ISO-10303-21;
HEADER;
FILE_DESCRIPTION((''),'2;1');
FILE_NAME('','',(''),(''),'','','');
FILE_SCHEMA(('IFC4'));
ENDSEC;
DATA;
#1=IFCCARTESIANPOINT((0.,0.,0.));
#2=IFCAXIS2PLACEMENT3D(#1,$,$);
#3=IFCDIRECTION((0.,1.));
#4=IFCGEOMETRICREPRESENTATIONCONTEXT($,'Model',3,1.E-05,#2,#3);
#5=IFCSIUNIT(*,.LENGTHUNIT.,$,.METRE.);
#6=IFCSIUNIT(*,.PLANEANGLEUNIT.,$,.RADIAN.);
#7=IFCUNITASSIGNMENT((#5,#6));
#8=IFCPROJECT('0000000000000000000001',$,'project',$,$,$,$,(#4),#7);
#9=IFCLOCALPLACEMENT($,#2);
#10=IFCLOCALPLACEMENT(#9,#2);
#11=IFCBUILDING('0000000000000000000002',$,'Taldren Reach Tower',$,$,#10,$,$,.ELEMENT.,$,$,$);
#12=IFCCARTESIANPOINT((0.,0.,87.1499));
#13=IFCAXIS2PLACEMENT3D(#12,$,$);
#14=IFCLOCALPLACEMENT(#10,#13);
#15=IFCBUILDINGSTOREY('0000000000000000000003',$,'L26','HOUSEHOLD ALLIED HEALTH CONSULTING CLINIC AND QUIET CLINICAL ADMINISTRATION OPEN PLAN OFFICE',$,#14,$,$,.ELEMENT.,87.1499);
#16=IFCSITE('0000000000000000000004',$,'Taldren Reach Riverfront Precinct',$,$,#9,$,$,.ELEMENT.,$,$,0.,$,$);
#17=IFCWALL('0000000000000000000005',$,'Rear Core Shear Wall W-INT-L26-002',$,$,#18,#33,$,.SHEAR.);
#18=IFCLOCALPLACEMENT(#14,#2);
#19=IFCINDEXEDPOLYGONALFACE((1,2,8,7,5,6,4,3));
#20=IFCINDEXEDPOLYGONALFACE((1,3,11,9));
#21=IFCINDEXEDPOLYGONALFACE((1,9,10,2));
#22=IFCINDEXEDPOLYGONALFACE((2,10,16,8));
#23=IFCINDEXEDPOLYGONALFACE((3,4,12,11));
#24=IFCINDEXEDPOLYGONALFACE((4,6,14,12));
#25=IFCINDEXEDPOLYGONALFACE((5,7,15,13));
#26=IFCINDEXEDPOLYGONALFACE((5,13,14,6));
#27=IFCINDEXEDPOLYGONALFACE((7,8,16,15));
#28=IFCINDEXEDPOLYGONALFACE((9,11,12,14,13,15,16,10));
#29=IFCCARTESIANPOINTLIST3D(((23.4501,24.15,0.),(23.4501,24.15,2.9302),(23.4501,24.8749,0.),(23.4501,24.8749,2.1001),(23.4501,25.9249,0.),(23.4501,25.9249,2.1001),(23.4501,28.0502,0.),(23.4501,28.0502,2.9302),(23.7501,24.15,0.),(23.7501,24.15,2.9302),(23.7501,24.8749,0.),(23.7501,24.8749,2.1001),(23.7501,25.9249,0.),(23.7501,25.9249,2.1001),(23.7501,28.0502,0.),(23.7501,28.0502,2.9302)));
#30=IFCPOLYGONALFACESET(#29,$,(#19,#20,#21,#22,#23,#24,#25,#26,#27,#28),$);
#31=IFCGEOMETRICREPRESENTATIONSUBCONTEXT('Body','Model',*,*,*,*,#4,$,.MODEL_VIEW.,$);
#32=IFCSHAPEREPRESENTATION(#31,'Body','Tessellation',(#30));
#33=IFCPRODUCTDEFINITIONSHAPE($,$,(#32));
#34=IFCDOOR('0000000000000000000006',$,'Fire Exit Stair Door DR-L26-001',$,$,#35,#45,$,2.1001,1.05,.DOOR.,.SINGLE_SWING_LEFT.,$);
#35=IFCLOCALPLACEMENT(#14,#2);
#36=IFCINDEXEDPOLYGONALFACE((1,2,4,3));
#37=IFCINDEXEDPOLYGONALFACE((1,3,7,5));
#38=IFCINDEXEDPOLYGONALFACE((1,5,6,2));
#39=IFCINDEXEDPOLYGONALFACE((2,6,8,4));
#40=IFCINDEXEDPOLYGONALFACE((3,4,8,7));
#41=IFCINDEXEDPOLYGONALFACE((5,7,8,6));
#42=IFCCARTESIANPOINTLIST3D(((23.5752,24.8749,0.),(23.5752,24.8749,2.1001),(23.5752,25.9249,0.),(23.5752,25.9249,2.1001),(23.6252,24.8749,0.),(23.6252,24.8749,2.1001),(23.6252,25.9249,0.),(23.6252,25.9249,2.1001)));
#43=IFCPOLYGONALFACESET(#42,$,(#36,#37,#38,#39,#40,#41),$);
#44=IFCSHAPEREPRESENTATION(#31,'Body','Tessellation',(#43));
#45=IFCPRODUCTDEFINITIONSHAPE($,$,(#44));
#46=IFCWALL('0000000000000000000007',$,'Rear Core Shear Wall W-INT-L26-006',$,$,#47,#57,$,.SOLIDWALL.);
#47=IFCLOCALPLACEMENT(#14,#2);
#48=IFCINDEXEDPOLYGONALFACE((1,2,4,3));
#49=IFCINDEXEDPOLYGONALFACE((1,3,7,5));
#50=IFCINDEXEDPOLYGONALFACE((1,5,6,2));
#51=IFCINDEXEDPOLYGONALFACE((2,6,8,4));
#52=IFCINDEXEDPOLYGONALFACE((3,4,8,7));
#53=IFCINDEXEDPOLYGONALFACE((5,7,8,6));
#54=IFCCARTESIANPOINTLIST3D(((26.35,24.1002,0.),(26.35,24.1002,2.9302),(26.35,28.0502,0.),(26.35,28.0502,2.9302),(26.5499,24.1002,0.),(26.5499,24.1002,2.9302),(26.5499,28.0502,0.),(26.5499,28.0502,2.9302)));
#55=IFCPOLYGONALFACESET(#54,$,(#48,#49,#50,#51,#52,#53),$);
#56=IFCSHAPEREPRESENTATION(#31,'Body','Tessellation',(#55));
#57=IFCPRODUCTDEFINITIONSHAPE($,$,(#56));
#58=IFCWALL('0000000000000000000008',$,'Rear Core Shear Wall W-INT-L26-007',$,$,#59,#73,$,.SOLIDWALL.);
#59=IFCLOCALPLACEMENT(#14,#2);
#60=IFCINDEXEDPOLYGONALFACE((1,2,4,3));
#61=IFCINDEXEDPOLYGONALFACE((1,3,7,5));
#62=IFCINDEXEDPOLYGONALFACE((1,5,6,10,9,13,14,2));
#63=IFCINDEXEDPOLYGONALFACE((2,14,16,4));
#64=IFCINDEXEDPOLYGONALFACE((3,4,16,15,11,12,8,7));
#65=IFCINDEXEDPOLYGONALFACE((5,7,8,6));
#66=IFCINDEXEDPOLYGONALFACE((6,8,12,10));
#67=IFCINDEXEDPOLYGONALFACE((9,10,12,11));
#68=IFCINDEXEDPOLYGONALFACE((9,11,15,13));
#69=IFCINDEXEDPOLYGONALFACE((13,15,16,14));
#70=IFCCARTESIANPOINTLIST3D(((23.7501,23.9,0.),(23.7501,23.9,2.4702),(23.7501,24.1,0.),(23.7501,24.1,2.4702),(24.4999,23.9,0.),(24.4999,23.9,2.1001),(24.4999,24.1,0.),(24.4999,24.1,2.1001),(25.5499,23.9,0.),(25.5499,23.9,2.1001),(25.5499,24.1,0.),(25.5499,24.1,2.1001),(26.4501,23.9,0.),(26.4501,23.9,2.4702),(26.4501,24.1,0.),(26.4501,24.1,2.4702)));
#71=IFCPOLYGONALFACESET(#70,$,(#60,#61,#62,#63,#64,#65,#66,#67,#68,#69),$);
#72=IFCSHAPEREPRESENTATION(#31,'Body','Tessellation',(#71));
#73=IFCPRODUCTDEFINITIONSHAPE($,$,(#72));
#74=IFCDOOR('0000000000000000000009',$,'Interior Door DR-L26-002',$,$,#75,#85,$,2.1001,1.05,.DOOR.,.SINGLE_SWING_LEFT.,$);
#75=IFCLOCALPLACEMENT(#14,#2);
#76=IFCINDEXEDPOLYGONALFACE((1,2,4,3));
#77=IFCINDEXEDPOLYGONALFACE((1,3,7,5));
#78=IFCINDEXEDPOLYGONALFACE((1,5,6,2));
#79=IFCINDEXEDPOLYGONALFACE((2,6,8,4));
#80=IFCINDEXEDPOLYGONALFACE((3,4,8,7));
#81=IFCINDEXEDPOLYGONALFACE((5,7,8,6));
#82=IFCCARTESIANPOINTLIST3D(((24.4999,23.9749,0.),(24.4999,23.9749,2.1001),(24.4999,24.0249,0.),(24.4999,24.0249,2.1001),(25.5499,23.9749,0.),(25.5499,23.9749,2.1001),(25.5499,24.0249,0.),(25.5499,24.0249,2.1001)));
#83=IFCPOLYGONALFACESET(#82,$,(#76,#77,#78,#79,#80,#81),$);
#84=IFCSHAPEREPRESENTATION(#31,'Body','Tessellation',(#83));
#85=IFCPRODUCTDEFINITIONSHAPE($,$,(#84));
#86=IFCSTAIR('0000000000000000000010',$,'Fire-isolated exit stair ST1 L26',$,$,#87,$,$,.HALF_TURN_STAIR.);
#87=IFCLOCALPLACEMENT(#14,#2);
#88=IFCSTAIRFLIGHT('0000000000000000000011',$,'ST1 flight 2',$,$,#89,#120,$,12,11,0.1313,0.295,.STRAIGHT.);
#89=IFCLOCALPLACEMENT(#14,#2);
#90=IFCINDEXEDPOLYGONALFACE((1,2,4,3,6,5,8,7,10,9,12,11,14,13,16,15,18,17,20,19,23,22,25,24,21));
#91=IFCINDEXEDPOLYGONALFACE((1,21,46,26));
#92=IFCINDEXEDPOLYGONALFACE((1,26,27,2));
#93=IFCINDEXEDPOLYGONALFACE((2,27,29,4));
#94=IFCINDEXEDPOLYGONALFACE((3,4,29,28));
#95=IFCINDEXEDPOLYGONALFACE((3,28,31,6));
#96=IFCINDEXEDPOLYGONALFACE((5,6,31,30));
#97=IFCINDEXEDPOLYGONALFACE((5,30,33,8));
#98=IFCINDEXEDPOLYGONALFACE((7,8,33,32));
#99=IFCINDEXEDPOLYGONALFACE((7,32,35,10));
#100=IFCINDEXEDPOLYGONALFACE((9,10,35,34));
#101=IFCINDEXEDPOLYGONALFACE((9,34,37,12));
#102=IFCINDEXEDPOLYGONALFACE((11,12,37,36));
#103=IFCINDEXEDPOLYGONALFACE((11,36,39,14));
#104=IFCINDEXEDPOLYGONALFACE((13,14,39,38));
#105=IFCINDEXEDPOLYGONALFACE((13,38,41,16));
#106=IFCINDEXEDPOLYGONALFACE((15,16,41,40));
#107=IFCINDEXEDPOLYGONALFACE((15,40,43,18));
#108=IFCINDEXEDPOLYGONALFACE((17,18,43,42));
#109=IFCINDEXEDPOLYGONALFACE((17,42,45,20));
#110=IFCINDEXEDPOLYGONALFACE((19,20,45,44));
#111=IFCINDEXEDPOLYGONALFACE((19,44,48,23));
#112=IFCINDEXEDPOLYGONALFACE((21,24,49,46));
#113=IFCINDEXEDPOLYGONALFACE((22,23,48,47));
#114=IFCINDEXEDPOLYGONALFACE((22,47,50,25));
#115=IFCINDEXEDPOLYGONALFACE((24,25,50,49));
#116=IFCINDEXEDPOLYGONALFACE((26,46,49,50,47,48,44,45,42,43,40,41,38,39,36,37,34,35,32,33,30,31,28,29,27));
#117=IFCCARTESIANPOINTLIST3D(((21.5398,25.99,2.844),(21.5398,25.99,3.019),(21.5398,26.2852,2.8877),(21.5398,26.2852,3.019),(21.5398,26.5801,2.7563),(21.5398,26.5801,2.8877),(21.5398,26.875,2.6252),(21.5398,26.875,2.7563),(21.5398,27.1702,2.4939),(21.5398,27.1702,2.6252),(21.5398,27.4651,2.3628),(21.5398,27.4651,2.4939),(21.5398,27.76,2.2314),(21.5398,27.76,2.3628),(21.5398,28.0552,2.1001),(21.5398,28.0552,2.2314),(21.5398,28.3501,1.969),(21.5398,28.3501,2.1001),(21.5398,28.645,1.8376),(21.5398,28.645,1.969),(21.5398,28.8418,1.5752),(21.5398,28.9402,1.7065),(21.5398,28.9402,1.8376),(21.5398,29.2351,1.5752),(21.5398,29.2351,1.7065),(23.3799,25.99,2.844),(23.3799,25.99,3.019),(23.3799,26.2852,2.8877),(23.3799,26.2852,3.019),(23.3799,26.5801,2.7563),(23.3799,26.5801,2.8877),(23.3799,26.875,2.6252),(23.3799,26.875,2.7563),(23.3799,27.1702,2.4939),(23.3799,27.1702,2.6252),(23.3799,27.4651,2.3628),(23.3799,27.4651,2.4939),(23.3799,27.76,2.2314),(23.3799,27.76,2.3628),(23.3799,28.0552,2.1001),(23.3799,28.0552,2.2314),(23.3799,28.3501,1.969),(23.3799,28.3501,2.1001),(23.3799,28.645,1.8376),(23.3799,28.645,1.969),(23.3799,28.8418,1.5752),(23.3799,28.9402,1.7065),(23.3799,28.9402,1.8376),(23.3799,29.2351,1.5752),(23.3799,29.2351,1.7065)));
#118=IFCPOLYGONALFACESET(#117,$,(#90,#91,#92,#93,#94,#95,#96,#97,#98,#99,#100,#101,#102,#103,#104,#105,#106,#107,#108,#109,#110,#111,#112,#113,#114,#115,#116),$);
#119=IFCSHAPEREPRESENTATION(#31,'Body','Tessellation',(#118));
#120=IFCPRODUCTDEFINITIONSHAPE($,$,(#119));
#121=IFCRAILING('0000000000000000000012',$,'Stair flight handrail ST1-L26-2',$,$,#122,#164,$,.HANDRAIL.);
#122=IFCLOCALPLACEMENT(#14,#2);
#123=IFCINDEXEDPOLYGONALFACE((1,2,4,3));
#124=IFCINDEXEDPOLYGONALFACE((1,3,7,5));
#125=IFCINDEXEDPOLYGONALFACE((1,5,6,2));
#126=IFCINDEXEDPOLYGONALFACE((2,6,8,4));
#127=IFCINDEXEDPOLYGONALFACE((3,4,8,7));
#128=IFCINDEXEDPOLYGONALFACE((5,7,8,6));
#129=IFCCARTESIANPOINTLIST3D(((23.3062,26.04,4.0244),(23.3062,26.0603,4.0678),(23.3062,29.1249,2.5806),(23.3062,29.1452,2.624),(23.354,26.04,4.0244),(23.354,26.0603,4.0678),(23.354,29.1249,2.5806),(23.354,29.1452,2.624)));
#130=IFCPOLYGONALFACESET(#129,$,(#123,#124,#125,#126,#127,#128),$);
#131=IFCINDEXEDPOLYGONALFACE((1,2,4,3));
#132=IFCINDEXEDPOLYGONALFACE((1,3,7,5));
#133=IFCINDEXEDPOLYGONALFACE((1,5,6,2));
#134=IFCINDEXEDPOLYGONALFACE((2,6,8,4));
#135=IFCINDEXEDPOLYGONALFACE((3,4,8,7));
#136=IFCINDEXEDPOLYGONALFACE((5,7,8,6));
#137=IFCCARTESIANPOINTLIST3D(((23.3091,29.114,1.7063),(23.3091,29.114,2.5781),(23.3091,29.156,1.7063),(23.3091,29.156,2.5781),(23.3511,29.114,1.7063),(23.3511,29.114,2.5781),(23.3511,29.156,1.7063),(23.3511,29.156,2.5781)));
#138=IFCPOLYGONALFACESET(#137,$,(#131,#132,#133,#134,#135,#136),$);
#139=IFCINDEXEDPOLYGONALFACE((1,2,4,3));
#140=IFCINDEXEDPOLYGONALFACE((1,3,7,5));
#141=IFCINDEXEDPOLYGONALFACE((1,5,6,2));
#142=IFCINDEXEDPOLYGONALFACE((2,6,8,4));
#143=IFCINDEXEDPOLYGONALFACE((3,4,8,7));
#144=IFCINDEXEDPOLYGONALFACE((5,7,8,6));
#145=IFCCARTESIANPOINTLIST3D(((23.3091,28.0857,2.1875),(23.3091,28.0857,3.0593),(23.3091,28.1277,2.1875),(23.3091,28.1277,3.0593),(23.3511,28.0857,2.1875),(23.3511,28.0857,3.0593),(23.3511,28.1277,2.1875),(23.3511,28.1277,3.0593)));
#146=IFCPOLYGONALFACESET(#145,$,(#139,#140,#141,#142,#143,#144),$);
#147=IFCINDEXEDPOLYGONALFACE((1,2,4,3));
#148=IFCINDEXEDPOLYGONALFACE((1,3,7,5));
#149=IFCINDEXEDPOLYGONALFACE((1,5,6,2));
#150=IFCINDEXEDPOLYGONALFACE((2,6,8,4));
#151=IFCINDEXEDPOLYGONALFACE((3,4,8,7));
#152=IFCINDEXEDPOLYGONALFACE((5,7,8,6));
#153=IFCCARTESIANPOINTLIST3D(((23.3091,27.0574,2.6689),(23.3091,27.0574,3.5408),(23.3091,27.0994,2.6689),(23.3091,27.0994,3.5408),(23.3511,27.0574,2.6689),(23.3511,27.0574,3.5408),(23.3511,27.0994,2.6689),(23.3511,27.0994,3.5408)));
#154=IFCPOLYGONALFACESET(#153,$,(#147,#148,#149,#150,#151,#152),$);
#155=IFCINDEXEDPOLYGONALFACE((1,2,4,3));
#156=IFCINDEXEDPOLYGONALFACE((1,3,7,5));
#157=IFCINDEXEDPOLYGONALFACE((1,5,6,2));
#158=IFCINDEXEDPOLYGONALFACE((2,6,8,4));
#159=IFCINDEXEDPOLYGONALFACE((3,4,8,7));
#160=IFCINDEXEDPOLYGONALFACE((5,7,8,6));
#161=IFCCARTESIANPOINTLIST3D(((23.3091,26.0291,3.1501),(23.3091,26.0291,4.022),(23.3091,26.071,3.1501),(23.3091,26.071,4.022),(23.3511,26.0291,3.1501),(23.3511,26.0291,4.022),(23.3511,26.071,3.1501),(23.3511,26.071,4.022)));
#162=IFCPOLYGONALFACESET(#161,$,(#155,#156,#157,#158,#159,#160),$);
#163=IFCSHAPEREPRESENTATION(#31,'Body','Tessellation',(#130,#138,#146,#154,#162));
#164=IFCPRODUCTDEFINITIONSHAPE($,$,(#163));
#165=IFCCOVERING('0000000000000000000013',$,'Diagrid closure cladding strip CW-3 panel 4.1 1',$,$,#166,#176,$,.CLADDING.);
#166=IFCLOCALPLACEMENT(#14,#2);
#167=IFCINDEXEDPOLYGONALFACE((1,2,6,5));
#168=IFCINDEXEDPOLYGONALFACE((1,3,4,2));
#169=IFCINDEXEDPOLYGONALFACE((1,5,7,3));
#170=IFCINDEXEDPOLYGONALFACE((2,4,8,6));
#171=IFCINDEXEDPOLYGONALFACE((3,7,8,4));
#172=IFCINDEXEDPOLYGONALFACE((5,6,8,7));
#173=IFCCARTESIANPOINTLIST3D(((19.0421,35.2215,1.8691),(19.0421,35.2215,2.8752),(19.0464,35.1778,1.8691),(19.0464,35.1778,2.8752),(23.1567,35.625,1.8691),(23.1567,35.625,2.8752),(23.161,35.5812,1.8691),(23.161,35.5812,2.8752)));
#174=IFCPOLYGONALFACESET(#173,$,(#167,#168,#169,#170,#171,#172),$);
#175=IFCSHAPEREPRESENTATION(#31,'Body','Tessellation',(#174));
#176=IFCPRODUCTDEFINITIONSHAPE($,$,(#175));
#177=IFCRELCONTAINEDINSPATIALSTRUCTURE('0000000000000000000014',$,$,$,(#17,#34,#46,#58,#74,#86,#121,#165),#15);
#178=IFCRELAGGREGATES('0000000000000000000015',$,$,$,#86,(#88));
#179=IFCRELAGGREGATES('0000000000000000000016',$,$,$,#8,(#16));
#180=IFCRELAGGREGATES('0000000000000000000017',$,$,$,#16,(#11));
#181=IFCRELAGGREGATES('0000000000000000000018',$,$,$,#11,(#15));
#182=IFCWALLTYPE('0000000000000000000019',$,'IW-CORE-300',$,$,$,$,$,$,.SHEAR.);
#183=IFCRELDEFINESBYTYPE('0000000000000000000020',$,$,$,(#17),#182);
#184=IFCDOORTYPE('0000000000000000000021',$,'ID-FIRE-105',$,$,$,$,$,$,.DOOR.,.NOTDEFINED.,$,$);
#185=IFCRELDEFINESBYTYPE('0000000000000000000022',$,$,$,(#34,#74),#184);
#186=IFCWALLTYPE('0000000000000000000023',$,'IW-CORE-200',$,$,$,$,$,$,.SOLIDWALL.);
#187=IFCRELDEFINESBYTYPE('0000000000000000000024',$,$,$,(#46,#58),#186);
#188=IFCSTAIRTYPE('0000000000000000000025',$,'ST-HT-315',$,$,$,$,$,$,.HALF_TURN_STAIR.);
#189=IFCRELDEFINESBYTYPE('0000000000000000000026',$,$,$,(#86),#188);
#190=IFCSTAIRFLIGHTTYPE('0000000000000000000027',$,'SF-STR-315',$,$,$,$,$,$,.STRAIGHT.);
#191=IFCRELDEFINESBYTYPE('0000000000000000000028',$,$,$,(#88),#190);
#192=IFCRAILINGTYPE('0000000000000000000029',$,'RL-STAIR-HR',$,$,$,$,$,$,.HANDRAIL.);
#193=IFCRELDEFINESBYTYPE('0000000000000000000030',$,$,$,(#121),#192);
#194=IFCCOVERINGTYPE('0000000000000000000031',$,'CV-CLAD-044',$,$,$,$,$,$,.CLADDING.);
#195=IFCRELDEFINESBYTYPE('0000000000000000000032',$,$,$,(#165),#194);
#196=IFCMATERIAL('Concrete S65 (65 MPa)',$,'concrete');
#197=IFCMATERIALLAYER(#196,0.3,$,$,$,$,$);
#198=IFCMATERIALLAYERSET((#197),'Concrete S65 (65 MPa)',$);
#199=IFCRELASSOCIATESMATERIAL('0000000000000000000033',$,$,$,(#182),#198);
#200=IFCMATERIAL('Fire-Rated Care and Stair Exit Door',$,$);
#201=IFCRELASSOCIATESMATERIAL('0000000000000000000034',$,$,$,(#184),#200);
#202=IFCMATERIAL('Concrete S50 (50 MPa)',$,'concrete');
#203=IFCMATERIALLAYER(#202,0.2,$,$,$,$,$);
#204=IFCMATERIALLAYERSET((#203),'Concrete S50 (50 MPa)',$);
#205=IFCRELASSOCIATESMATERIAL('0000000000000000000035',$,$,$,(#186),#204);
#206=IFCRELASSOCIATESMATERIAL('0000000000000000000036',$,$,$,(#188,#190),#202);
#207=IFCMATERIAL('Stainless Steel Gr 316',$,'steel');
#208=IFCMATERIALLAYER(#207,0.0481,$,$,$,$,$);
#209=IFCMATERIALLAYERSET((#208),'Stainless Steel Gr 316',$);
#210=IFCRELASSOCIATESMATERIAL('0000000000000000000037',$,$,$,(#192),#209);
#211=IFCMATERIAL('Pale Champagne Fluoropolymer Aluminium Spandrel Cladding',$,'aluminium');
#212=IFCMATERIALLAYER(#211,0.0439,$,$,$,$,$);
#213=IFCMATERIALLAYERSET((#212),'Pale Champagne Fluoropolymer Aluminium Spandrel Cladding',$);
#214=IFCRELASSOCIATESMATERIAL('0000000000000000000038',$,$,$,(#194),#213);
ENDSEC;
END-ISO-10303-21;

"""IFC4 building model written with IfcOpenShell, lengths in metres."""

from ifc_helpers import new_model, si_unit, direction, frame, frame_2d, origin, origin_2d, place, context, subcontext, project, spatial, polyline, rectangle, outline, extrude, source, transform, mapped, material, layer, layer_set, type_object, element, fill, aggregate, save


model = new_model("IFC4")

# Units and contexts
model_context = context("Model", 3, precision=1e-05, world=origin(), true_north=direction((0.0, 1.0)))
body_context = subcontext(model_context, "Body", "Model", "MODEL_VIEW")
ifc_project = project(units=[si_unit("LENGTHUNIT", "METRE"), si_unit("PLANEANGLEUNIT", "RADIAN")], contexts=[model_context])

# Site, building, storey
site_placement = place(None, origin())
site = spatial("IfcSite", under=ifc_project, at=site_placement, Name="Taldren Reach Riverfront Precinct", CompositionType="ELEMENT", RefElevation=0.0)
building_placement = place(site_placement, origin())
building = spatial("IfcBuilding", under=site, at=building_placement, Name="Taldren Reach Tower", CompositionType="ELEMENT")
storey_placement = place(building_placement, frame((0.0, 0.0, 87.1499)))
storey = spatial("IfcBuildingStorey", under=building, at=storey_placement, Name="L26", Description="HOUSEHOLD ALLIED HEALTH CONSULTING CLINIC AND QUIET CLINICAL ADMINISTRATION OPEN PLAN OFFICE", CompositionType="ELEMENT", Elevation=87.1499)

# Shared definitions
ifc_material_1 = material(Name="Concrete S65 (65 MPa)", Category="concrete")

# Shared definitions
ifc_layer_1 = layer(ifc_material_1, 0.3)
ifc_layer_set_1 = layer_set([ifc_layer_1], Name="Concrete S65 (65 MPa)")
wall_type_1 = type_object("IfcWallType", Name="IW-CORE-300", PredefinedType="SHEAR", material=ifc_layer_set_1)

# Wall, opening, door
shared_shape_1 = source(origin(), body_context, "Body", "SweptSolid", [
    extrude(rectangle(XDim=3.9001, YDim=0.3, at=frame_2d((1.9502, 0.0))), origin(), (0.0, 0.0, 1.0), 2.9302),
])
wall_1_placement = place(storey_placement, frame((23.6001, 24.1499, 0.0), z_axis=(0.0, 0.0, 1.0), x_axis=(0.0, 1.0, 0.0)))
wall_1 = element("IfcWall", 1, at=wall_1_placement, inside=storey, type_object=wall_type_1, Name="Rear Core Shear Wall W-INT-L26-002", PredefinedType="SHEAR", context=body_context, shape_type="MappedRepresentation", body=[
    mapped(shared_shape_1, transform((0.0, 0.0, 0.0), scale=1.0)),
])
shared_shape_2 = source(origin(), body_context, "Body", "SweptSolid", [
    extrude(rectangle(XDim=1.05, YDim=2.1001, at=frame_2d((0.5249, 1.05))), frame((0.0, 0.1602, 0.0), z_axis=(0.0, -1.0, 0.0), x_axis=(1.0, 0.0, 0.0)), (0.0, 0.0, 1.0), 0.3201),
])
opening_1_placement = place(wall_1_placement, frame((0.7251, 0.0, 0.0)))
opening_1 = element("IfcOpeningElement", 2, at=opening_1_placement, cuts=wall_1, PredefinedType="OPENING", context=body_context, shape_type="MappedRepresentation", body=[
    mapped(shared_shape_2, transform((0.0, 0.0, 0.0), scale=1.0)),
])
ifc_material_2 = material(Name="Fire-Rated Care and Stair Exit Door")
door_type_1 = type_object("IfcDoorType", Name="ID-FIRE-105", OperationType="NOTDEFINED", PredefinedType="DOOR", material=ifc_material_2)
shared_shape_3 = source(origin(), body_context, "Body", "SweptSolid", [
    extrude(rectangle(XDim=1.05, YDim=2.1001, at=frame_2d((0.5249, 1.05))), frame((0.0, 0.0249, 0.0), z_axis=(0.0, -1.0, 0.0), x_axis=(1.0, 0.0, 0.0)), (0.0, 0.0, 1.0), 0.05),
])
door_1_placement = place(opening_1_placement, origin())
door_1 = element("IfcDoor", 3, at=door_1_placement, inside=storey, type_object=door_type_1, Name="Fire Exit Stair Door DR-L26-001", OperationType="SINGLE_SWING_LEFT", OverallHeight=2.1001, OverallWidth=1.05, PredefinedType="DOOR", context=body_context, shape_type="MappedRepresentation", body=[
    mapped(shared_shape_3, transform((0.0, 0.0, 0.0), scale=1.0)),
])
fill(opening_1, door_1)

# Wall
ifc_material_3 = material(Name="Concrete S50 (50 MPa)", Category="concrete")
ifc_layer_2 = layer(ifc_material_3, 0.2)
ifc_layer_set_2 = layer_set([ifc_layer_2], Name="Concrete S50 (50 MPa)")
wall_type_2 = type_object("IfcWallType", Name="IW-CORE-200", PredefinedType="SOLIDWALL", material=ifc_layer_set_2)
shared_shape_4 = source(origin(), body_context, "Body", "SweptSolid", [
    extrude(rectangle(XDim=3.95, YDim=0.2, at=frame_2d((1.9751, 0.0))), origin(), (0.0, 0.0, 1.0), 2.9302),
])
wall_2_placement = place(storey_placement, frame((26.45, 24.1001, 0.0), z_axis=(0.0, 0.0, 1.0), x_axis=(0.0, 1.0, 0.0)))
element("IfcWall", 4, at=wall_2_placement, inside=storey, type_object=wall_type_2, Name="Rear Core Shear Wall W-INT-L26-006", PredefinedType="SOLIDWALL", context=body_context, shape_type="MappedRepresentation", body=[
    mapped(shared_shape_4, transform((0.0, 0.0, 0.0), scale=1.0)),
])

# Wall, opening, door
shared_shape_5 = source(origin(), body_context, "Body", "SweptSolid", [
    extrude(rectangle(XDim=2.7, YDim=0.2, at=frame_2d((1.3501, 0.0))), origin(), (0.0, 0.0, 1.0), 2.4702),
])
wall_3_placement = place(storey_placement, frame((23.75, 24.0, 0.0), z_axis=(0.0, 0.0, 1.0), x_axis=(1.0, 0.0, 0.0)))
wall_3 = element("IfcWall", 5, at=wall_3_placement, inside=storey, type_object=wall_type_2, Name="Rear Core Shear Wall W-INT-L26-007", PredefinedType="SOLIDWALL", context=body_context, shape_type="MappedRepresentation", body=[
    mapped(shared_shape_5, transform((0.0, 0.0, 0.0), scale=1.0)),
])
shared_shape_6 = source(origin(), body_context, "Body", "SweptSolid", [
    extrude(rectangle(XDim=1.05, YDim=2.1001, at=frame_2d((0.5249, 1.05))), frame((0.0, 0.1099, 0.0), z_axis=(0.0, -1.0, 0.0), x_axis=(1.0, 0.0, 0.0)), (0.0, 0.0, 1.0), 0.22),
])
opening_2_placement = place(wall_3_placement, frame((0.75, 0.0, 0.0)))
opening_2 = element("IfcOpeningElement", 6, at=opening_2_placement, cuts=wall_3, PredefinedType="OPENING", context=body_context, shape_type="MappedRepresentation", body=[
    mapped(shared_shape_6, transform((0.0, 0.0, 0.0), scale=1.0)),
])
door_2_placement = place(opening_2_placement, origin())
door_2 = element("IfcDoor", 7, at=door_2_placement, inside=storey, type_object=door_type_1, Name="Interior Door DR-L26-002", OperationType="SINGLE_SWING_LEFT", OverallHeight=2.1001, OverallWidth=1.05, PredefinedType="DOOR", context=body_context, shape_type="MappedRepresentation", body=[
    mapped(shared_shape_3, transform((0.0, 0.0, 0.0), scale=1.0)),
])
fill(opening_2, door_2)

# Stair, stair flight
stair_type = type_object("IfcStairType", Name="ST-HT-315", PredefinedType="HALF_TURN_STAIR", material=ifc_material_3)
stair_placement = place(storey_placement, origin())
stair = element("IfcStair", 8, at=stair_placement, inside=storey, type_object=stair_type, Name="Fire-isolated exit stair ST1 L26", PredefinedType="HALF_TURN_STAIR")
stair_flight_type = type_object("IfcStairFlightType", Name="SF-STR-315", PredefinedType="STRAIGHT", material=ifc_material_3)
stair_flight_placement = place(storey_placement, frame((22.46, 29.2351, 1.5752), z_axis=(0.0, 0.0, 1.0), x_axis=(0.0, -1.0, 0.0)))
stair_flight = element("IfcStairFlight", 9, at=stair_flight_placement, type_object=stair_flight_type, Name="ST1 flight 2", NumberOfRisers=12, NumberOfTreads=11, PredefinedType="STRAIGHT", RiserHeight=0.1313, TreadLength=0.295, context=body_context, shape_type="SweptSolid", body=[
    extrude(outline(polyline([(0.0, 0.0), (0.0, 0.1313), (0.2949, 0.1313), (0.2949, 0.2625), (0.5901, 0.2625), (0.5901, 0.3938), (0.885, 0.3938), (0.885, 0.5249), (1.1799, 0.5249), (1.1799, 0.6562), (1.4751, 0.6562), (1.4751, 0.7876), (1.77, 0.7876), (1.77, 0.9187), (2.0649, 0.9187), (2.0649, 1.05), (2.3601, 1.05), (2.3601, 1.1812), (2.655, 1.1812), (2.655, 1.3125), (2.95, 1.3125), (2.95, 1.4438), (3.2451, 1.4438), (3.2451, 1.575), (3.2451, 1.2688), (0.3933, 0.0), (0.0, 0.0)])), frame((0.0, 0.9199, 0.0), z_axis=(0.0, -1.0, 0.0), x_axis=(1.0, 0.0, 0.0)), (0.0, 0.0, 1.0), 1.8401),
])
aggregate(stair, [stair_flight])

# Railing
ifc_material_4 = material(Name="Stainless Steel Gr 316", Category="steel")
ifc_layer_3 = layer(ifc_material_4, 0.0481)
ifc_layer_set_3 = layer_set([ifc_layer_3], Name="Stainless Steel Gr 316")
railing_type = type_object("IfcRailingType", Name="RL-STAIR-HR", PredefinedType="HANDRAIL", material=ifc_layer_set_3)
railing_placement = place(storey_placement, frame((23.3301, 29.135, 1.7063)))
element("IfcRailing", 10, at=railing_placement, inside=storey, type_object=railing_type, Name="Stair flight handrail ST1-L26-2", PredefinedType="HANDRAIL", context=body_context, shape_type="SweptSolid", body=[
    extrude(rectangle(XDim=0.0479, YDim=0.0479, at=origin_2d()), frame((0.0, 0.0, 0.896), z_axis=(0.0, -0.90571, 0.423898), x_axis=(1.0, 0.0, 0.0)), (0.0, 0.0, 1.0), 3.406),
    extrude(rectangle(XDim=0.042, YDim=0.042, at=origin_2d()), origin(), (0.0, 0.0, 1.0), 0.8718),
    extrude(rectangle(XDim=0.042, YDim=0.042, at=origin_2d()), frame((0.0, -1.0283, 0.4812)), (0.0, 0.0, 1.0), 0.8718),
    extrude(rectangle(XDim=0.042, YDim=0.042, at=origin_2d()), frame((0.0, -2.0566, 0.9626)), (0.0, 0.0, 1.0), 0.8718),
    extrude(rectangle(XDim=0.042, YDim=0.042, at=origin_2d()), frame((0.0, -3.085, 1.4438)), (0.0, 0.0, 1.0), 0.8718),
])

# Covering
ifc_material_5 = material(Name="Pale Champagne Fluoropolymer Aluminium Spandrel Cladding", Category="aluminium")
ifc_layer_4 = layer(ifc_material_5, 0.0439)
ifc_layer_set_4 = layer_set([ifc_layer_4], Name="Pale Champagne Fluoropolymer Aluminium Spandrel Cladding")
covering_type = type_object("IfcCoveringType", Name="CV-CLAD-044", PredefinedType="CLADDING", material=ifc_layer_set_4)
shared_shape_7 = source(origin(), body_context, "Body", "SweptSolid", [
    extrude(rectangle(XDim=4.1343, YDim=0.0439, at=origin_2d()), origin(), (0.0, 0.0, 1.0), 1.0061),
])
covering_1_placement = place(storey_placement, frame((21.1016, 35.4014, 1.8691), z_axis=(0.0, 0.0, 1.0), x_axis=(-0.995227, -0.097583, 0.0)))
element("IfcCovering", 11, at=covering_1_placement, inside=storey, type_object=covering_type, Name="Diagrid closure cladding strip CW-3 panel 4.1 1", PredefinedType="CLADDING", context=body_context, shape_type="MappedRepresentation", body=[
    mapped(shared_shape_7, transform((0.0, 0.0, 0.0), scale=1.0)),
])

save(model, "model.ifc")
